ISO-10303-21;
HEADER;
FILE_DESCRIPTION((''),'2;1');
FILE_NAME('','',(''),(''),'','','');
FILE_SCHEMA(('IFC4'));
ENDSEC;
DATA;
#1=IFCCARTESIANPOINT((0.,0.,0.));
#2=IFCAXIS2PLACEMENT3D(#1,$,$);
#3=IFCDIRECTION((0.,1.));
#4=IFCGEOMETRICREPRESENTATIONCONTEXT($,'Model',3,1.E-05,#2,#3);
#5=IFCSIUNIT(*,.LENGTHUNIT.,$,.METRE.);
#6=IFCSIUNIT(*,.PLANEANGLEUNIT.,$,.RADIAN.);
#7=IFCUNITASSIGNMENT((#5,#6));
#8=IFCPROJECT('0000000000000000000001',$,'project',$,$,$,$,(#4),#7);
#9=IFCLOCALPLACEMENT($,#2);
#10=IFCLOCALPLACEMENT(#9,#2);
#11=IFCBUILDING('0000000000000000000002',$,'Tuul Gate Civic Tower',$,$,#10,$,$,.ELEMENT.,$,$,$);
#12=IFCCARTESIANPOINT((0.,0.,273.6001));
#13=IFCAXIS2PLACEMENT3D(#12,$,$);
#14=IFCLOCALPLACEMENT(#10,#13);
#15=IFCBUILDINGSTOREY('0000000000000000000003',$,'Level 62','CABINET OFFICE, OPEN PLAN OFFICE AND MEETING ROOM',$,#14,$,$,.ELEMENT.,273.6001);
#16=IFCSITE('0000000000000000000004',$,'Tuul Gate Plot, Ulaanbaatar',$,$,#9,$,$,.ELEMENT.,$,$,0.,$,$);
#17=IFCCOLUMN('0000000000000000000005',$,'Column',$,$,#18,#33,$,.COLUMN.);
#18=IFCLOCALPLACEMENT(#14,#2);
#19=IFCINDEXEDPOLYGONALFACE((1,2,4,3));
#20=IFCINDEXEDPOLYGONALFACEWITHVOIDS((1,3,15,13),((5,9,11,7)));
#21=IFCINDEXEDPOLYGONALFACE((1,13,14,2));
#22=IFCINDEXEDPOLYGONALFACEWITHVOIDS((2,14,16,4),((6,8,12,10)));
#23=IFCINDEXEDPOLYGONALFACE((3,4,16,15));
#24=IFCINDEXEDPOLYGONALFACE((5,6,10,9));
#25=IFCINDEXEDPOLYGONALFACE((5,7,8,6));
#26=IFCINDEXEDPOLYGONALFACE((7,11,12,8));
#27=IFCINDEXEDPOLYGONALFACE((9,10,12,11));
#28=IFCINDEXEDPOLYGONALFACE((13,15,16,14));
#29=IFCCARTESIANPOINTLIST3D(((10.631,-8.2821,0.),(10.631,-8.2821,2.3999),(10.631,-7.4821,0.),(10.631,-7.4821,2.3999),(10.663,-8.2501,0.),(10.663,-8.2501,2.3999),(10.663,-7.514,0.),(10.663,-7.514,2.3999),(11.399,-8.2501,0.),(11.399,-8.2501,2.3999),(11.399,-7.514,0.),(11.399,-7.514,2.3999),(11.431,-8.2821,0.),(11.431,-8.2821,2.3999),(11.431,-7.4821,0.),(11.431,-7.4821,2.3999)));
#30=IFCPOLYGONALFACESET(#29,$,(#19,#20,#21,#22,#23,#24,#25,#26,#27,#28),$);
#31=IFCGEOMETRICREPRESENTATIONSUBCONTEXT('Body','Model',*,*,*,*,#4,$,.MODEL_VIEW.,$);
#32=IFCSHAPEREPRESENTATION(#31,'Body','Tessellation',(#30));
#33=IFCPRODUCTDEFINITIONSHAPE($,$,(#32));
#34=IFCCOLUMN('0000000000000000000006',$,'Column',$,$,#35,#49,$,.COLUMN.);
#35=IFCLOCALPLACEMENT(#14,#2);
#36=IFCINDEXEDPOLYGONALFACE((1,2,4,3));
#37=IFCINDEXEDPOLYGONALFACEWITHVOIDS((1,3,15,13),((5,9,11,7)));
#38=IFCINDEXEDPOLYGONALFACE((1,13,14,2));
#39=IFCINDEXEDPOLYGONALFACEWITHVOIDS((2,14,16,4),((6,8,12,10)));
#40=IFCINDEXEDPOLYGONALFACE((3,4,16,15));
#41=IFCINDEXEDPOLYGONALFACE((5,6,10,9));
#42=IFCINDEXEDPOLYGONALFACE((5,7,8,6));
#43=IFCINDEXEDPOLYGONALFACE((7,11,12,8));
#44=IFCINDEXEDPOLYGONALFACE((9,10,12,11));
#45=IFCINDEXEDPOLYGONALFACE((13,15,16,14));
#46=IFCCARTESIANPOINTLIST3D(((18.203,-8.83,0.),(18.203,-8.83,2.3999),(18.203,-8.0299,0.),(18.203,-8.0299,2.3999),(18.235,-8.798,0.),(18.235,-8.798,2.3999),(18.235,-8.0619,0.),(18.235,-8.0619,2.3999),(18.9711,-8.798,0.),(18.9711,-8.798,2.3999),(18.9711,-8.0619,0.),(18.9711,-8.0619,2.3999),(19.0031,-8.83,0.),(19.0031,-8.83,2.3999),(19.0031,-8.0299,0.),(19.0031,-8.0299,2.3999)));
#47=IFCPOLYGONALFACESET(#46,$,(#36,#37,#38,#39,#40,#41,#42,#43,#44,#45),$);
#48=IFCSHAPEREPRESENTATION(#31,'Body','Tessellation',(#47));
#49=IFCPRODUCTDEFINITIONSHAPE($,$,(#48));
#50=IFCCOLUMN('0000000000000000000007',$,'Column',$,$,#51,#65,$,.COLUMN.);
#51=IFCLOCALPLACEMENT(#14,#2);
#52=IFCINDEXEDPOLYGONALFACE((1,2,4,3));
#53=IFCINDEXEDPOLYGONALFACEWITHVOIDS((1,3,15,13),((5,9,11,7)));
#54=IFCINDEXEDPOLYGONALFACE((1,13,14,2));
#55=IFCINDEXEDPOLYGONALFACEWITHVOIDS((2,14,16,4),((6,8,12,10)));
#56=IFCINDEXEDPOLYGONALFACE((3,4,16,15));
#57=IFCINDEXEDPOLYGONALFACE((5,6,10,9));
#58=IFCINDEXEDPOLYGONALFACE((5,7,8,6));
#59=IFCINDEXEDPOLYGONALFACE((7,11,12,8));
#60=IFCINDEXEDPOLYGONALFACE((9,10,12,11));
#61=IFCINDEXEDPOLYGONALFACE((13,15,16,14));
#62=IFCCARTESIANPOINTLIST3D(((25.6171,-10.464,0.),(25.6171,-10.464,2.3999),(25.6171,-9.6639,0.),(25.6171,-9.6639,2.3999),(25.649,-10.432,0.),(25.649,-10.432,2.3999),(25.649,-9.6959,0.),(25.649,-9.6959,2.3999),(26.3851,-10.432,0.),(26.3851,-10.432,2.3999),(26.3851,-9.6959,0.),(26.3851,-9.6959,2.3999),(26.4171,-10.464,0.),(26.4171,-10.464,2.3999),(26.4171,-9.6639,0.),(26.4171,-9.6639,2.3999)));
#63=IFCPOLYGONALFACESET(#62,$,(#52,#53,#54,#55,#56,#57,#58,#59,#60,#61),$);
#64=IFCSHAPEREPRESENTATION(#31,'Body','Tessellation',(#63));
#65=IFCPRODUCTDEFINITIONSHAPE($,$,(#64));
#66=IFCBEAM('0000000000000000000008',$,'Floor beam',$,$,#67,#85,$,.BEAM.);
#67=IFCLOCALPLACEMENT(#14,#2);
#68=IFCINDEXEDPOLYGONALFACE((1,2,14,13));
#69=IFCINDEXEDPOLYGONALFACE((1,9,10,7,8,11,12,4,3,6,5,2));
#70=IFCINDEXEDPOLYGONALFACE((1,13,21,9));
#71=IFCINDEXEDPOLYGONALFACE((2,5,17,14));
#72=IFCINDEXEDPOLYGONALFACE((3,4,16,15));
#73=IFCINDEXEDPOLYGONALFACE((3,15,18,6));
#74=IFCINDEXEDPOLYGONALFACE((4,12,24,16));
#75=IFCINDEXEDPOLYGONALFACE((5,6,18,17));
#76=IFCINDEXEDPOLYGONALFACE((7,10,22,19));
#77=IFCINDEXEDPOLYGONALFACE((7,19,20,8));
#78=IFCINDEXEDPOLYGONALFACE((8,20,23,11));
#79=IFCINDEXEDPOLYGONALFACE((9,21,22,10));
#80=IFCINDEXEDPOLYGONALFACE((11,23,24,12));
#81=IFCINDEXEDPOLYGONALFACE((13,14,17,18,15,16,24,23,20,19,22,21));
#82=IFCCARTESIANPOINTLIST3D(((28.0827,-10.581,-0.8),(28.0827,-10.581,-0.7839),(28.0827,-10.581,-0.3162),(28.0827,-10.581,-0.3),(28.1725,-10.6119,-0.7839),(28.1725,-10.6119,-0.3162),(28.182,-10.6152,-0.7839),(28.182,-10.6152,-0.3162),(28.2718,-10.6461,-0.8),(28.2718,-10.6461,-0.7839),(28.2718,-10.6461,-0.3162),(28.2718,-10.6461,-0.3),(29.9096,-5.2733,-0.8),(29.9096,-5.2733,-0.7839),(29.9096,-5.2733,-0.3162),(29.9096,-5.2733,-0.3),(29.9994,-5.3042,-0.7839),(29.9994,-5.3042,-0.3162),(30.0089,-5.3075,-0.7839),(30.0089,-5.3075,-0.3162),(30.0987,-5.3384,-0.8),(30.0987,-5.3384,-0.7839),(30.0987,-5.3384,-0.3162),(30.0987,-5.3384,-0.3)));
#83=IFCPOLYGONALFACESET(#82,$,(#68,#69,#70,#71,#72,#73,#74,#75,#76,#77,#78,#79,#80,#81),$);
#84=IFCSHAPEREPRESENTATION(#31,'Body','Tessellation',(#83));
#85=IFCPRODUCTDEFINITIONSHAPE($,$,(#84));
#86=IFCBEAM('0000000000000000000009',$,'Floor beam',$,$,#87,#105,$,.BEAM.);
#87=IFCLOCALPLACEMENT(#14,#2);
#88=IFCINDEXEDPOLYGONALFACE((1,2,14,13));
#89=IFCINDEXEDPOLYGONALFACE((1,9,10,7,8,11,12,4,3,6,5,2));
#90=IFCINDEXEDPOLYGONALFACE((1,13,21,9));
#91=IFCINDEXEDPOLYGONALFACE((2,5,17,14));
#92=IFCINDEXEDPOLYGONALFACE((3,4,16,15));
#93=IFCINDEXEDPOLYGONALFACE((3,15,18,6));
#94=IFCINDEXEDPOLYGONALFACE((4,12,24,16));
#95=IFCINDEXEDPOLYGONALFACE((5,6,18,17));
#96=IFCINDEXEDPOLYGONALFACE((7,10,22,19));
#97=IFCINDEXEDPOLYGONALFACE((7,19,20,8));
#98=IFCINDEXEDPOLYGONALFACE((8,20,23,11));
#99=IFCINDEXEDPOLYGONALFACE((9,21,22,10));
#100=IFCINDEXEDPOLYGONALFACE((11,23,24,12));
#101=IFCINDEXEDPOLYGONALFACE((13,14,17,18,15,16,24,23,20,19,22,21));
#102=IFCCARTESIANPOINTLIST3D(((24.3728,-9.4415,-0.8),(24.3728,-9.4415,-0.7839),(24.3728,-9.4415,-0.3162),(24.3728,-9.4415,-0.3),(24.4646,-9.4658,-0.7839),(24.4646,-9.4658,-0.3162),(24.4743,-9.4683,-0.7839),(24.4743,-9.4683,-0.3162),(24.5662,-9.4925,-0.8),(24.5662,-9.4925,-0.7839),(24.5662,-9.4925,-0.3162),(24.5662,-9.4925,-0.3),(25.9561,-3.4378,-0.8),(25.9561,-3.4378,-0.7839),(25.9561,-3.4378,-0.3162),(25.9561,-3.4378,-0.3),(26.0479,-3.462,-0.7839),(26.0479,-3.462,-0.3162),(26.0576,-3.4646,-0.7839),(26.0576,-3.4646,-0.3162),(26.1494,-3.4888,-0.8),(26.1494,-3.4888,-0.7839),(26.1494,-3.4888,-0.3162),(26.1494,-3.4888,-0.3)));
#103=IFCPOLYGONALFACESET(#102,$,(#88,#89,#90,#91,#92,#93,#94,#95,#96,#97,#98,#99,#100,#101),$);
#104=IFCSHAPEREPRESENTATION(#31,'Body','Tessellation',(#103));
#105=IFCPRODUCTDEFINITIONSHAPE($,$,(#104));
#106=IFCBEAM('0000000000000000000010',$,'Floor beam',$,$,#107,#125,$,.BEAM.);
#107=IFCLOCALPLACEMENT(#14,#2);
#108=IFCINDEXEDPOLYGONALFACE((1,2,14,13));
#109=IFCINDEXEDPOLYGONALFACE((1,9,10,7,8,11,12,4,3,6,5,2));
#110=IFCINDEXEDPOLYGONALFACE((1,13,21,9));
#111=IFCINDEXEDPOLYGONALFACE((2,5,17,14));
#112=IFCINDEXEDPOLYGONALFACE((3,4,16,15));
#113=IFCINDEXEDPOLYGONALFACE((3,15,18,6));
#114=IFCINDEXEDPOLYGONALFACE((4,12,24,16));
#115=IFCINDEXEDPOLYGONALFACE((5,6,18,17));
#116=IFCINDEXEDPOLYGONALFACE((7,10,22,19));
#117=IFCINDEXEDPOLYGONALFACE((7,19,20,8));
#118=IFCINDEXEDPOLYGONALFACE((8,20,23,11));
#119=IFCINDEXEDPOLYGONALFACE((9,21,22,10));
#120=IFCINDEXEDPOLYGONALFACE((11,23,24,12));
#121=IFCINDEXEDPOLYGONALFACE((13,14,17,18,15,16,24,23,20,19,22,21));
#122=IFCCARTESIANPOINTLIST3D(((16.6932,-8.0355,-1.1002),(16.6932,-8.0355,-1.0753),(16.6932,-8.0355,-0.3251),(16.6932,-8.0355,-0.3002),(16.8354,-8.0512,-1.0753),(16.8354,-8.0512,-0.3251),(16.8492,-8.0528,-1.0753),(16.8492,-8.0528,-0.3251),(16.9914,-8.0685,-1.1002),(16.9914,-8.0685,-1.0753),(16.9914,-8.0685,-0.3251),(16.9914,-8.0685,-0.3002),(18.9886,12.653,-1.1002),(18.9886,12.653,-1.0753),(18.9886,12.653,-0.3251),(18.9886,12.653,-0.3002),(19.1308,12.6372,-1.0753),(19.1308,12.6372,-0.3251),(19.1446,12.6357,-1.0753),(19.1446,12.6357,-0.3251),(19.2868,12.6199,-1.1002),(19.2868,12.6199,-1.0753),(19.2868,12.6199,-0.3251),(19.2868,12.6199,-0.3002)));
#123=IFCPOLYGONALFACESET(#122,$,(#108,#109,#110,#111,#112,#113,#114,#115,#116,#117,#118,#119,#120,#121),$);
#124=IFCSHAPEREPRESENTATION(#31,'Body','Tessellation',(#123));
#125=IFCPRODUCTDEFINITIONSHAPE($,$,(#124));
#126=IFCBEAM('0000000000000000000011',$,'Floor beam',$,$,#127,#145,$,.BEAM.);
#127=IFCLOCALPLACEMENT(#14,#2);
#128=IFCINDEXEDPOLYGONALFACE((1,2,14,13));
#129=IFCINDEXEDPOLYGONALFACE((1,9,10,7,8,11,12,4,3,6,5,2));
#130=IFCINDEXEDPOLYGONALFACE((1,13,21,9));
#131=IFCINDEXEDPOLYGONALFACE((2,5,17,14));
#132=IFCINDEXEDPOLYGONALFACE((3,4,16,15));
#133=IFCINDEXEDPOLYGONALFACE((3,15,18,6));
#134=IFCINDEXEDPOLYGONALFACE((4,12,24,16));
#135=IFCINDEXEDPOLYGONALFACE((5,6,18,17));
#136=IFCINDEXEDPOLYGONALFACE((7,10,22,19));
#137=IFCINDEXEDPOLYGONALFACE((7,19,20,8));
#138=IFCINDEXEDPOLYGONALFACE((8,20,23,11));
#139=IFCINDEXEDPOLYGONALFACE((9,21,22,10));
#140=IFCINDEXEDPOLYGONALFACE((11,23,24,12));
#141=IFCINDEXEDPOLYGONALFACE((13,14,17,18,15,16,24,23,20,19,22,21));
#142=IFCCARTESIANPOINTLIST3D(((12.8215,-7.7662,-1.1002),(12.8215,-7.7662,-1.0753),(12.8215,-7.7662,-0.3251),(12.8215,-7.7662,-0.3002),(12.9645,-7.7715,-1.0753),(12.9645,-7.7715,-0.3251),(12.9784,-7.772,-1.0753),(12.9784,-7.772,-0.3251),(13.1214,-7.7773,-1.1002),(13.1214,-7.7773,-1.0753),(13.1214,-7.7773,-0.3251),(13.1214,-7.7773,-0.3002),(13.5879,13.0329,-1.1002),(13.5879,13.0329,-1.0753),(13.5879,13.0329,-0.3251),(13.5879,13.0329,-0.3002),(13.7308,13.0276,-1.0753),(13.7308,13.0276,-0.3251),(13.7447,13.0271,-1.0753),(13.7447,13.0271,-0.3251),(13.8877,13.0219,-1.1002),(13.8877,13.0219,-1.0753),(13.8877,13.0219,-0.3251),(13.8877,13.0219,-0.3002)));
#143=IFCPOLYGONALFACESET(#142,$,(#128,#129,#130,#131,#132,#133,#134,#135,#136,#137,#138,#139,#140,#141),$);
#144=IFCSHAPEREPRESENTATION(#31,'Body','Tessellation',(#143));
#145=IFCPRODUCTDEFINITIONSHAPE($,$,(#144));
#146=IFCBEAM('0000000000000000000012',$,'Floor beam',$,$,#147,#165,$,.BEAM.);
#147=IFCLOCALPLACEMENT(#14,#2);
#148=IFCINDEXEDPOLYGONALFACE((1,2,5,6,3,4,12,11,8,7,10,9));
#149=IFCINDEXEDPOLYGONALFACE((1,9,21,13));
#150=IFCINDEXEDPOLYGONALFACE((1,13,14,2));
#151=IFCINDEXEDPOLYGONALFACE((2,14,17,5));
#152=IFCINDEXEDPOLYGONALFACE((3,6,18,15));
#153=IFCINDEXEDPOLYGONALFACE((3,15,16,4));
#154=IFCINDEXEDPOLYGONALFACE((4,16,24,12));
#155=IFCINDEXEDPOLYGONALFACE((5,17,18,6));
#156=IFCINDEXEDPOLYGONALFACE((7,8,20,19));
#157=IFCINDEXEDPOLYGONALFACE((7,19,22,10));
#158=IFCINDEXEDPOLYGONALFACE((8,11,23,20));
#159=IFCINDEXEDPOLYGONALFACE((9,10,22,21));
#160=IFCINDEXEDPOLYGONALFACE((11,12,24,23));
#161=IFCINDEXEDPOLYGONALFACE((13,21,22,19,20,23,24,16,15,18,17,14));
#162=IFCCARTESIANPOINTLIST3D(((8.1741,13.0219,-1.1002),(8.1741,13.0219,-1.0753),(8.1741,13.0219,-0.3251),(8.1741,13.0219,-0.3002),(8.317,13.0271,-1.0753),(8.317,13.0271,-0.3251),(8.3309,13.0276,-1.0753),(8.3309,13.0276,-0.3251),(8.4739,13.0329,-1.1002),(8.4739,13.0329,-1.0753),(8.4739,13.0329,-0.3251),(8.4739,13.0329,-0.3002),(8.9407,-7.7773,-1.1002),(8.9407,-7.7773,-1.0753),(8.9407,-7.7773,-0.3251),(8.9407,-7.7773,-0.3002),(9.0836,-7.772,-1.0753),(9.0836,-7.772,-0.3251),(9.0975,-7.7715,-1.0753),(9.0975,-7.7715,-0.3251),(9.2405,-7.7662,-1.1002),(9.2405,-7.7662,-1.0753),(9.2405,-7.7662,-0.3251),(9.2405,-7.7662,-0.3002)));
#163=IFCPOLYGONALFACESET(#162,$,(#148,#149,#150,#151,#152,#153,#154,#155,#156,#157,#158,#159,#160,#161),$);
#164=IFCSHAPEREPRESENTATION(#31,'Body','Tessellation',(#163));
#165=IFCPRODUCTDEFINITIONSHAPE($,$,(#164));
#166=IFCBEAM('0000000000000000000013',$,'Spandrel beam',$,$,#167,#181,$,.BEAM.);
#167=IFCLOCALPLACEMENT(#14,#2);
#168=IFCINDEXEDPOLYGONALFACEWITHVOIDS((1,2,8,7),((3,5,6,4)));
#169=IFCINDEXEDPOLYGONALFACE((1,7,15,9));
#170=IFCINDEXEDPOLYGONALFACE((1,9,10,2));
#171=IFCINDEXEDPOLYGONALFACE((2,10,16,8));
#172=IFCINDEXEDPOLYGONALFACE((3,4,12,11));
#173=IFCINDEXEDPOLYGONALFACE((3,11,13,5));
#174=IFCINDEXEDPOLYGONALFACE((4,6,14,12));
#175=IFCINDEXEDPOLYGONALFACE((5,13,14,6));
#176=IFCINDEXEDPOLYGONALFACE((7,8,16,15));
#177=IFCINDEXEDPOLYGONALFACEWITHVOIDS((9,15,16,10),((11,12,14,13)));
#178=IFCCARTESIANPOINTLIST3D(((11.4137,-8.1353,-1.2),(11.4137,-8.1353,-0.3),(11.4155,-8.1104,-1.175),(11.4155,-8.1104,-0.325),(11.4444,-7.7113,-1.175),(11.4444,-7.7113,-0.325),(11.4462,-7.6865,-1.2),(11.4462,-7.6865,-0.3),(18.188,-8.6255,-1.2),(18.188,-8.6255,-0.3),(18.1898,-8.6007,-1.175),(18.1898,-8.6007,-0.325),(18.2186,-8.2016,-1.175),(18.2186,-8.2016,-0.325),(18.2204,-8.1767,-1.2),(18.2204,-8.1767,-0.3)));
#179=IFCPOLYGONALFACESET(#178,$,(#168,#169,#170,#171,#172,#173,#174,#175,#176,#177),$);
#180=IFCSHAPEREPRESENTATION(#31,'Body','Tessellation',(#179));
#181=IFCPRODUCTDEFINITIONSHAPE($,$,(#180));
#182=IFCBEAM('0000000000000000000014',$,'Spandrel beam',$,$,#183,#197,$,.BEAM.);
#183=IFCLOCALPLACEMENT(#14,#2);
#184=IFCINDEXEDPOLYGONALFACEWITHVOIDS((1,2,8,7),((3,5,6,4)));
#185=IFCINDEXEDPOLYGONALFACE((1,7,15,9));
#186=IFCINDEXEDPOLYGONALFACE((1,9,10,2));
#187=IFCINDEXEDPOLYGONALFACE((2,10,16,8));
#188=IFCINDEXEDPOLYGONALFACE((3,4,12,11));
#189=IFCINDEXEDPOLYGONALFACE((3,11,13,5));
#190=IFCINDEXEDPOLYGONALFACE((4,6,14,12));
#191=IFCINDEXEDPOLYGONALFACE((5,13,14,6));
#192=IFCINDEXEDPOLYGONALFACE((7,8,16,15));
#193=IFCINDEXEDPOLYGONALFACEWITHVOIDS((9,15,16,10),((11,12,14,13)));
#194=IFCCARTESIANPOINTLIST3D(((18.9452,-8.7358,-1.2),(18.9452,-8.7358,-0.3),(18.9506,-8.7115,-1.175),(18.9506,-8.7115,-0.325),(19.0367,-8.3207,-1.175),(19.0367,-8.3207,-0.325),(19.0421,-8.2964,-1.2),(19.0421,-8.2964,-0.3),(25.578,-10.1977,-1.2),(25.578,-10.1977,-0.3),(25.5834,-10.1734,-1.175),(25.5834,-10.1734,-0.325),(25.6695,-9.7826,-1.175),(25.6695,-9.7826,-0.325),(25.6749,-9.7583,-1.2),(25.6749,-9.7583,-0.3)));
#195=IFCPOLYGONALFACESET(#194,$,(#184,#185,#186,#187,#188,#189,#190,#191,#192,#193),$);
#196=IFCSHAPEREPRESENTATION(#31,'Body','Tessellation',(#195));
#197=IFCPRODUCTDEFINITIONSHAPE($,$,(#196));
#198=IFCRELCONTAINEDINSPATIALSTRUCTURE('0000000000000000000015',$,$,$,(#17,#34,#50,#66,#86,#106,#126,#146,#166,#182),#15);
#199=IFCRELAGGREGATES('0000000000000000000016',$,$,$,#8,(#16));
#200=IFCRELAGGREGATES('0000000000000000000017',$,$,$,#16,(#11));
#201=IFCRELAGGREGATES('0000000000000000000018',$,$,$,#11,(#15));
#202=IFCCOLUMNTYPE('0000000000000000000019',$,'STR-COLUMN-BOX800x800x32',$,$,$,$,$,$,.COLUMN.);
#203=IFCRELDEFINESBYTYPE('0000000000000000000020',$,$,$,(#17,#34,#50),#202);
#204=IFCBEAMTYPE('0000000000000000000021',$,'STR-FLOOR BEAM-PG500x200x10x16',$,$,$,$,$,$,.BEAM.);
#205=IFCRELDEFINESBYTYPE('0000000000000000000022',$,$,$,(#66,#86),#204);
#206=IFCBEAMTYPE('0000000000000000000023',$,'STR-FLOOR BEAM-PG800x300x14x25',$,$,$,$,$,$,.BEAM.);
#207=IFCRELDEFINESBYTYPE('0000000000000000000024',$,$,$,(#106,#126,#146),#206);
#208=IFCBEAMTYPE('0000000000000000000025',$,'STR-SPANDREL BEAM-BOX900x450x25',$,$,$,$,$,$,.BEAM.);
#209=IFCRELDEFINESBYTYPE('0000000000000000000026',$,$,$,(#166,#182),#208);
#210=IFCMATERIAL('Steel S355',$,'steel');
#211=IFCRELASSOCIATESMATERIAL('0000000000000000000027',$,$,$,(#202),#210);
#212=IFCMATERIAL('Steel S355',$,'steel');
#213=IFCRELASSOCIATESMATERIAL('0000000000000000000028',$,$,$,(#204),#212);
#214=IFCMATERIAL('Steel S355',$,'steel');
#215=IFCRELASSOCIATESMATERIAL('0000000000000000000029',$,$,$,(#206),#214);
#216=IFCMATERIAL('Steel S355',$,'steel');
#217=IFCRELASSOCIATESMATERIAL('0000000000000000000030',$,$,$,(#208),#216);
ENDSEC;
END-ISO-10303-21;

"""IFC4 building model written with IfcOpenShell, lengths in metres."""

from ifc_helpers import new_model, si_unit, direction, frame, origin, origin_2d, place, context, subcontext, project, spatial, hollow_rectangle, i_section, extrude, material, material_profile, profile_set, type_object, element, save


model = new_model("IFC4")

# Units and contexts
model_context = context("Model", 3, precision=1e-05, world=origin(), true_north=direction((0.0, 1.0)))
body_context = subcontext(model_context, "Body", "Model", "MODEL_VIEW")
ifc_project = project(units=[si_unit("LENGTHUNIT", "METRE"), si_unit("PLANEANGLEUNIT", "RADIAN")], contexts=[model_context])

# Site, building, storey
site_placement = place(None, origin())
site = spatial("IfcSite", under=ifc_project, at=site_placement, Name="Tuul Gate Plot, Ulaanbaatar", CompositionType="ELEMENT", RefElevation=0.0)
building_placement = place(site_placement, origin())
building = spatial("IfcBuilding", under=site, at=building_placement, Name="Tuul Gate Civic Tower", CompositionType="ELEMENT")
storey_placement = place(building_placement, frame((0.0, 0.0, 273.6001)))
storey = spatial("IfcBuildingStorey", under=building, at=storey_placement, Name="Level 62", Description="CABINET OFFICE, OPEN PLAN OFFICE AND MEETING ROOM", CompositionType="ELEMENT", Elevation=273.6001)

# Columns
ifc_material_1 = material(Name="Steel S355", Category="steel")
ifc_material_profile_1 = material_profile(ifc_material_1, hollow_rectangle(XDim=0.8, YDim=0.8, WallThickness=0.032, at=origin_2d()), Name="BOX800x800x32")
ifc_profile_set_1 = profile_set([ifc_material_profile_1], Name="Steel S355")
column_type = type_object("IfcColumnType", Name="STR-COLUMN-BOX800x800x32", PredefinedType="COLUMN", material=ifc_profile_set_1)
for number, where, z_axis, x_axis, name in (
    (1, (11.031, -7.8821, 0.0), (0.0, 0.0, 1.0), (1.0, 0.0, 0.0), "Column"),
    (2, (18.603, -8.4299, 0.0), (0.0, 0.0, 1.0), (1.0, 0.0, 0.0), "Column"),
    (3, (26.0171, -10.064, 0.0), (0.0, 0.0, 1.0), (1.0, 0.0, 0.0), "Column"),
):
    element("IfcColumn", number, at=place(storey_placement, frame(where, z_axis=z_axis, x_axis=x_axis)), inside=storey, type_object=column_type, Name=name, PredefinedType="COLUMN", context=body_context, shape_type="SweptSolid", body=[
        extrude(hollow_rectangle(XDim=0.8, YDim=0.8, WallThickness=0.032, at=origin_2d()), origin(), (0.0, 0.0, 1.0), 2.3999),
    ])

# Beams
ifc_material_2 = material(Name="Steel S355", Category="steel")
ifc_material_profile_2 = material_profile(ifc_material_2, i_section(OverallWidth=0.2, OverallDepth=0.5, WebThickness=0.01, FlangeThickness=0.0161, at=origin_2d()), Name="PG500x200x10x16")
ifc_profile_set_2 = profile_set([ifc_material_profile_2], Name="Steel S355")
beam_type_1 = type_object("IfcBeamType", Name="STR-FLOOR BEAM-PG500x200x10x16", PredefinedType="BEAM", material=ifc_profile_set_2)
beam_1_placement = place(storey_placement, frame((28.1772, -10.6135, -0.55), z_axis=(0.325464, 0.945554, 0.0), x_axis=(-0.945554, 0.325464, 0.0)))
element("IfcBeam", 4, at=beam_1_placement, inside=storey, type_object=beam_type_1, Name="Floor beam", PredefinedType="BEAM", context=body_context, shape_type="SweptSolid", body=[
    extrude(i_section(OverallWidth=0.2, OverallDepth=0.5, WebThickness=0.01, FlangeThickness=0.0161, at=origin_2d()), origin(), (0.0, 0.0, 1.0), 5.6133),
])
beam_2_placement = place(storey_placement, frame((24.4695, -9.467, -0.55), z_axis=(0.254996, 0.966942, 0.0), x_axis=(-0.966942, 0.254996, 0.0)))
element("IfcBeam", 5, at=beam_2_placement, inside=storey, type_object=beam_type_1, Name="Floor beam", PredefinedType="BEAM", context=body_context, shape_type="SweptSolid", body=[
    extrude(i_section(OverallWidth=0.2, OverallDepth=0.5, WebThickness=0.01, FlangeThickness=0.0161, at=origin_2d()), origin(), (0.0, 0.0, 1.0), 6.209),
])
ifc_material_3 = material(Name="Steel S355", Category="steel")
ifc_material_profile_3 = material_profile(ifc_material_3, i_section(OverallWidth=0.3, OverallDepth=0.8, WebThickness=0.0139, FlangeThickness=0.0249, at=origin_2d()), Name="PG800x300x14x25")
ifc_profile_set_3 = profile_set([ifc_material_profile_3], Name="Steel S355")
beam_type_2 = type_object("IfcBeamType", Name="STR-FLOOR BEAM-PG800x300x14x25", PredefinedType="BEAM", material=ifc_profile_set_3)
beam_3_placement = place(storey_placement, frame((16.8423, -8.052, -0.7002), z_axis=(0.110274, 0.993901, 0.0), x_axis=(-0.993901, 0.110274, 0.0)))
element("IfcBeam", 6, at=beam_3_placement, inside=storey, type_object=beam_type_2, Name="Floor beam", PredefinedType="BEAM", context=body_context, shape_type="SweptSolid", body=[
    extrude(i_section(OverallWidth=0.3, OverallDepth=0.8, WebThickness=0.0139, FlangeThickness=0.0249, at=origin_2d()), origin(), (0.0, 0.0, 1.0), 20.8154),
])
for number, where, z_axis, x_axis, name in (
    (7, (12.9714, -7.7717, -0.7002), (0.036821, 0.999322, 0.0), (-0.999322, 0.036821, 0.0), "Floor beam"),
    (8, (9.0906, -7.7717, -0.7002), (-0.036832, 0.999321, 0.0), (-0.999321, -0.036832, 0.0), "Floor beam"),
):
    element("IfcBeam", number, at=place(storey_placement, frame(where, z_axis=z_axis, x_axis=x_axis)), inside=storey, type_object=beam_type_2, Name=name, PredefinedType="BEAM", context=body_context, shape_type="SweptSolid", body=[
        extrude(i_section(OverallWidth=0.3, OverallDepth=0.8, WebThickness=0.0139, FlangeThickness=0.0249, at=origin_2d()), origin(), (0.0, 0.0, 1.0), 20.8132),
    ])
ifc_material_4 = material(Name="Steel S355", Category="steel")
ifc_material_profile_4 = material_profile(ifc_material_4, hollow_rectangle(XDim=0.45, YDim=0.8999, WallThickness=0.0249, at=origin_2d()), Name="BOX900x450x25")
ifc_profile_set_4 = profile_set([ifc_material_profile_4], Name="Steel S355")
beam_type_3 = type_object("IfcBeamType", Name="STR-SPANDREL BEAM-BOX900x450x25", PredefinedType="BEAM", material=ifc_profile_set_4)
for number, where, z_axis, x_axis, name in (
    (9, (11.4299, -7.9109, -0.75), (0.997392, -0.072179, 0.0), (0.072179, 0.997392, 0.0), "Spandrel beam"),
    (10, (18.9937, -8.5161, -0.75), (0.976561, -0.21524, 0.0), (0.21524, 0.976561, 0.0), "Spandrel beam"),
):
    element("IfcBeam", number, at=place(storey_placement, frame(where, z_axis=z_axis, x_axis=x_axis)), inside=storey, type_object=beam_type_3, Name=name, PredefinedType="BEAM", context=body_context, shape_type="SweptSolid", body=[
        extrude(hollow_rectangle(XDim=0.45, YDim=0.8999, WallThickness=0.0249, at=origin_2d()), origin(), (0.0, 0.0, 1.0), 6.792),
    ])

save(model, "model.ifc")
